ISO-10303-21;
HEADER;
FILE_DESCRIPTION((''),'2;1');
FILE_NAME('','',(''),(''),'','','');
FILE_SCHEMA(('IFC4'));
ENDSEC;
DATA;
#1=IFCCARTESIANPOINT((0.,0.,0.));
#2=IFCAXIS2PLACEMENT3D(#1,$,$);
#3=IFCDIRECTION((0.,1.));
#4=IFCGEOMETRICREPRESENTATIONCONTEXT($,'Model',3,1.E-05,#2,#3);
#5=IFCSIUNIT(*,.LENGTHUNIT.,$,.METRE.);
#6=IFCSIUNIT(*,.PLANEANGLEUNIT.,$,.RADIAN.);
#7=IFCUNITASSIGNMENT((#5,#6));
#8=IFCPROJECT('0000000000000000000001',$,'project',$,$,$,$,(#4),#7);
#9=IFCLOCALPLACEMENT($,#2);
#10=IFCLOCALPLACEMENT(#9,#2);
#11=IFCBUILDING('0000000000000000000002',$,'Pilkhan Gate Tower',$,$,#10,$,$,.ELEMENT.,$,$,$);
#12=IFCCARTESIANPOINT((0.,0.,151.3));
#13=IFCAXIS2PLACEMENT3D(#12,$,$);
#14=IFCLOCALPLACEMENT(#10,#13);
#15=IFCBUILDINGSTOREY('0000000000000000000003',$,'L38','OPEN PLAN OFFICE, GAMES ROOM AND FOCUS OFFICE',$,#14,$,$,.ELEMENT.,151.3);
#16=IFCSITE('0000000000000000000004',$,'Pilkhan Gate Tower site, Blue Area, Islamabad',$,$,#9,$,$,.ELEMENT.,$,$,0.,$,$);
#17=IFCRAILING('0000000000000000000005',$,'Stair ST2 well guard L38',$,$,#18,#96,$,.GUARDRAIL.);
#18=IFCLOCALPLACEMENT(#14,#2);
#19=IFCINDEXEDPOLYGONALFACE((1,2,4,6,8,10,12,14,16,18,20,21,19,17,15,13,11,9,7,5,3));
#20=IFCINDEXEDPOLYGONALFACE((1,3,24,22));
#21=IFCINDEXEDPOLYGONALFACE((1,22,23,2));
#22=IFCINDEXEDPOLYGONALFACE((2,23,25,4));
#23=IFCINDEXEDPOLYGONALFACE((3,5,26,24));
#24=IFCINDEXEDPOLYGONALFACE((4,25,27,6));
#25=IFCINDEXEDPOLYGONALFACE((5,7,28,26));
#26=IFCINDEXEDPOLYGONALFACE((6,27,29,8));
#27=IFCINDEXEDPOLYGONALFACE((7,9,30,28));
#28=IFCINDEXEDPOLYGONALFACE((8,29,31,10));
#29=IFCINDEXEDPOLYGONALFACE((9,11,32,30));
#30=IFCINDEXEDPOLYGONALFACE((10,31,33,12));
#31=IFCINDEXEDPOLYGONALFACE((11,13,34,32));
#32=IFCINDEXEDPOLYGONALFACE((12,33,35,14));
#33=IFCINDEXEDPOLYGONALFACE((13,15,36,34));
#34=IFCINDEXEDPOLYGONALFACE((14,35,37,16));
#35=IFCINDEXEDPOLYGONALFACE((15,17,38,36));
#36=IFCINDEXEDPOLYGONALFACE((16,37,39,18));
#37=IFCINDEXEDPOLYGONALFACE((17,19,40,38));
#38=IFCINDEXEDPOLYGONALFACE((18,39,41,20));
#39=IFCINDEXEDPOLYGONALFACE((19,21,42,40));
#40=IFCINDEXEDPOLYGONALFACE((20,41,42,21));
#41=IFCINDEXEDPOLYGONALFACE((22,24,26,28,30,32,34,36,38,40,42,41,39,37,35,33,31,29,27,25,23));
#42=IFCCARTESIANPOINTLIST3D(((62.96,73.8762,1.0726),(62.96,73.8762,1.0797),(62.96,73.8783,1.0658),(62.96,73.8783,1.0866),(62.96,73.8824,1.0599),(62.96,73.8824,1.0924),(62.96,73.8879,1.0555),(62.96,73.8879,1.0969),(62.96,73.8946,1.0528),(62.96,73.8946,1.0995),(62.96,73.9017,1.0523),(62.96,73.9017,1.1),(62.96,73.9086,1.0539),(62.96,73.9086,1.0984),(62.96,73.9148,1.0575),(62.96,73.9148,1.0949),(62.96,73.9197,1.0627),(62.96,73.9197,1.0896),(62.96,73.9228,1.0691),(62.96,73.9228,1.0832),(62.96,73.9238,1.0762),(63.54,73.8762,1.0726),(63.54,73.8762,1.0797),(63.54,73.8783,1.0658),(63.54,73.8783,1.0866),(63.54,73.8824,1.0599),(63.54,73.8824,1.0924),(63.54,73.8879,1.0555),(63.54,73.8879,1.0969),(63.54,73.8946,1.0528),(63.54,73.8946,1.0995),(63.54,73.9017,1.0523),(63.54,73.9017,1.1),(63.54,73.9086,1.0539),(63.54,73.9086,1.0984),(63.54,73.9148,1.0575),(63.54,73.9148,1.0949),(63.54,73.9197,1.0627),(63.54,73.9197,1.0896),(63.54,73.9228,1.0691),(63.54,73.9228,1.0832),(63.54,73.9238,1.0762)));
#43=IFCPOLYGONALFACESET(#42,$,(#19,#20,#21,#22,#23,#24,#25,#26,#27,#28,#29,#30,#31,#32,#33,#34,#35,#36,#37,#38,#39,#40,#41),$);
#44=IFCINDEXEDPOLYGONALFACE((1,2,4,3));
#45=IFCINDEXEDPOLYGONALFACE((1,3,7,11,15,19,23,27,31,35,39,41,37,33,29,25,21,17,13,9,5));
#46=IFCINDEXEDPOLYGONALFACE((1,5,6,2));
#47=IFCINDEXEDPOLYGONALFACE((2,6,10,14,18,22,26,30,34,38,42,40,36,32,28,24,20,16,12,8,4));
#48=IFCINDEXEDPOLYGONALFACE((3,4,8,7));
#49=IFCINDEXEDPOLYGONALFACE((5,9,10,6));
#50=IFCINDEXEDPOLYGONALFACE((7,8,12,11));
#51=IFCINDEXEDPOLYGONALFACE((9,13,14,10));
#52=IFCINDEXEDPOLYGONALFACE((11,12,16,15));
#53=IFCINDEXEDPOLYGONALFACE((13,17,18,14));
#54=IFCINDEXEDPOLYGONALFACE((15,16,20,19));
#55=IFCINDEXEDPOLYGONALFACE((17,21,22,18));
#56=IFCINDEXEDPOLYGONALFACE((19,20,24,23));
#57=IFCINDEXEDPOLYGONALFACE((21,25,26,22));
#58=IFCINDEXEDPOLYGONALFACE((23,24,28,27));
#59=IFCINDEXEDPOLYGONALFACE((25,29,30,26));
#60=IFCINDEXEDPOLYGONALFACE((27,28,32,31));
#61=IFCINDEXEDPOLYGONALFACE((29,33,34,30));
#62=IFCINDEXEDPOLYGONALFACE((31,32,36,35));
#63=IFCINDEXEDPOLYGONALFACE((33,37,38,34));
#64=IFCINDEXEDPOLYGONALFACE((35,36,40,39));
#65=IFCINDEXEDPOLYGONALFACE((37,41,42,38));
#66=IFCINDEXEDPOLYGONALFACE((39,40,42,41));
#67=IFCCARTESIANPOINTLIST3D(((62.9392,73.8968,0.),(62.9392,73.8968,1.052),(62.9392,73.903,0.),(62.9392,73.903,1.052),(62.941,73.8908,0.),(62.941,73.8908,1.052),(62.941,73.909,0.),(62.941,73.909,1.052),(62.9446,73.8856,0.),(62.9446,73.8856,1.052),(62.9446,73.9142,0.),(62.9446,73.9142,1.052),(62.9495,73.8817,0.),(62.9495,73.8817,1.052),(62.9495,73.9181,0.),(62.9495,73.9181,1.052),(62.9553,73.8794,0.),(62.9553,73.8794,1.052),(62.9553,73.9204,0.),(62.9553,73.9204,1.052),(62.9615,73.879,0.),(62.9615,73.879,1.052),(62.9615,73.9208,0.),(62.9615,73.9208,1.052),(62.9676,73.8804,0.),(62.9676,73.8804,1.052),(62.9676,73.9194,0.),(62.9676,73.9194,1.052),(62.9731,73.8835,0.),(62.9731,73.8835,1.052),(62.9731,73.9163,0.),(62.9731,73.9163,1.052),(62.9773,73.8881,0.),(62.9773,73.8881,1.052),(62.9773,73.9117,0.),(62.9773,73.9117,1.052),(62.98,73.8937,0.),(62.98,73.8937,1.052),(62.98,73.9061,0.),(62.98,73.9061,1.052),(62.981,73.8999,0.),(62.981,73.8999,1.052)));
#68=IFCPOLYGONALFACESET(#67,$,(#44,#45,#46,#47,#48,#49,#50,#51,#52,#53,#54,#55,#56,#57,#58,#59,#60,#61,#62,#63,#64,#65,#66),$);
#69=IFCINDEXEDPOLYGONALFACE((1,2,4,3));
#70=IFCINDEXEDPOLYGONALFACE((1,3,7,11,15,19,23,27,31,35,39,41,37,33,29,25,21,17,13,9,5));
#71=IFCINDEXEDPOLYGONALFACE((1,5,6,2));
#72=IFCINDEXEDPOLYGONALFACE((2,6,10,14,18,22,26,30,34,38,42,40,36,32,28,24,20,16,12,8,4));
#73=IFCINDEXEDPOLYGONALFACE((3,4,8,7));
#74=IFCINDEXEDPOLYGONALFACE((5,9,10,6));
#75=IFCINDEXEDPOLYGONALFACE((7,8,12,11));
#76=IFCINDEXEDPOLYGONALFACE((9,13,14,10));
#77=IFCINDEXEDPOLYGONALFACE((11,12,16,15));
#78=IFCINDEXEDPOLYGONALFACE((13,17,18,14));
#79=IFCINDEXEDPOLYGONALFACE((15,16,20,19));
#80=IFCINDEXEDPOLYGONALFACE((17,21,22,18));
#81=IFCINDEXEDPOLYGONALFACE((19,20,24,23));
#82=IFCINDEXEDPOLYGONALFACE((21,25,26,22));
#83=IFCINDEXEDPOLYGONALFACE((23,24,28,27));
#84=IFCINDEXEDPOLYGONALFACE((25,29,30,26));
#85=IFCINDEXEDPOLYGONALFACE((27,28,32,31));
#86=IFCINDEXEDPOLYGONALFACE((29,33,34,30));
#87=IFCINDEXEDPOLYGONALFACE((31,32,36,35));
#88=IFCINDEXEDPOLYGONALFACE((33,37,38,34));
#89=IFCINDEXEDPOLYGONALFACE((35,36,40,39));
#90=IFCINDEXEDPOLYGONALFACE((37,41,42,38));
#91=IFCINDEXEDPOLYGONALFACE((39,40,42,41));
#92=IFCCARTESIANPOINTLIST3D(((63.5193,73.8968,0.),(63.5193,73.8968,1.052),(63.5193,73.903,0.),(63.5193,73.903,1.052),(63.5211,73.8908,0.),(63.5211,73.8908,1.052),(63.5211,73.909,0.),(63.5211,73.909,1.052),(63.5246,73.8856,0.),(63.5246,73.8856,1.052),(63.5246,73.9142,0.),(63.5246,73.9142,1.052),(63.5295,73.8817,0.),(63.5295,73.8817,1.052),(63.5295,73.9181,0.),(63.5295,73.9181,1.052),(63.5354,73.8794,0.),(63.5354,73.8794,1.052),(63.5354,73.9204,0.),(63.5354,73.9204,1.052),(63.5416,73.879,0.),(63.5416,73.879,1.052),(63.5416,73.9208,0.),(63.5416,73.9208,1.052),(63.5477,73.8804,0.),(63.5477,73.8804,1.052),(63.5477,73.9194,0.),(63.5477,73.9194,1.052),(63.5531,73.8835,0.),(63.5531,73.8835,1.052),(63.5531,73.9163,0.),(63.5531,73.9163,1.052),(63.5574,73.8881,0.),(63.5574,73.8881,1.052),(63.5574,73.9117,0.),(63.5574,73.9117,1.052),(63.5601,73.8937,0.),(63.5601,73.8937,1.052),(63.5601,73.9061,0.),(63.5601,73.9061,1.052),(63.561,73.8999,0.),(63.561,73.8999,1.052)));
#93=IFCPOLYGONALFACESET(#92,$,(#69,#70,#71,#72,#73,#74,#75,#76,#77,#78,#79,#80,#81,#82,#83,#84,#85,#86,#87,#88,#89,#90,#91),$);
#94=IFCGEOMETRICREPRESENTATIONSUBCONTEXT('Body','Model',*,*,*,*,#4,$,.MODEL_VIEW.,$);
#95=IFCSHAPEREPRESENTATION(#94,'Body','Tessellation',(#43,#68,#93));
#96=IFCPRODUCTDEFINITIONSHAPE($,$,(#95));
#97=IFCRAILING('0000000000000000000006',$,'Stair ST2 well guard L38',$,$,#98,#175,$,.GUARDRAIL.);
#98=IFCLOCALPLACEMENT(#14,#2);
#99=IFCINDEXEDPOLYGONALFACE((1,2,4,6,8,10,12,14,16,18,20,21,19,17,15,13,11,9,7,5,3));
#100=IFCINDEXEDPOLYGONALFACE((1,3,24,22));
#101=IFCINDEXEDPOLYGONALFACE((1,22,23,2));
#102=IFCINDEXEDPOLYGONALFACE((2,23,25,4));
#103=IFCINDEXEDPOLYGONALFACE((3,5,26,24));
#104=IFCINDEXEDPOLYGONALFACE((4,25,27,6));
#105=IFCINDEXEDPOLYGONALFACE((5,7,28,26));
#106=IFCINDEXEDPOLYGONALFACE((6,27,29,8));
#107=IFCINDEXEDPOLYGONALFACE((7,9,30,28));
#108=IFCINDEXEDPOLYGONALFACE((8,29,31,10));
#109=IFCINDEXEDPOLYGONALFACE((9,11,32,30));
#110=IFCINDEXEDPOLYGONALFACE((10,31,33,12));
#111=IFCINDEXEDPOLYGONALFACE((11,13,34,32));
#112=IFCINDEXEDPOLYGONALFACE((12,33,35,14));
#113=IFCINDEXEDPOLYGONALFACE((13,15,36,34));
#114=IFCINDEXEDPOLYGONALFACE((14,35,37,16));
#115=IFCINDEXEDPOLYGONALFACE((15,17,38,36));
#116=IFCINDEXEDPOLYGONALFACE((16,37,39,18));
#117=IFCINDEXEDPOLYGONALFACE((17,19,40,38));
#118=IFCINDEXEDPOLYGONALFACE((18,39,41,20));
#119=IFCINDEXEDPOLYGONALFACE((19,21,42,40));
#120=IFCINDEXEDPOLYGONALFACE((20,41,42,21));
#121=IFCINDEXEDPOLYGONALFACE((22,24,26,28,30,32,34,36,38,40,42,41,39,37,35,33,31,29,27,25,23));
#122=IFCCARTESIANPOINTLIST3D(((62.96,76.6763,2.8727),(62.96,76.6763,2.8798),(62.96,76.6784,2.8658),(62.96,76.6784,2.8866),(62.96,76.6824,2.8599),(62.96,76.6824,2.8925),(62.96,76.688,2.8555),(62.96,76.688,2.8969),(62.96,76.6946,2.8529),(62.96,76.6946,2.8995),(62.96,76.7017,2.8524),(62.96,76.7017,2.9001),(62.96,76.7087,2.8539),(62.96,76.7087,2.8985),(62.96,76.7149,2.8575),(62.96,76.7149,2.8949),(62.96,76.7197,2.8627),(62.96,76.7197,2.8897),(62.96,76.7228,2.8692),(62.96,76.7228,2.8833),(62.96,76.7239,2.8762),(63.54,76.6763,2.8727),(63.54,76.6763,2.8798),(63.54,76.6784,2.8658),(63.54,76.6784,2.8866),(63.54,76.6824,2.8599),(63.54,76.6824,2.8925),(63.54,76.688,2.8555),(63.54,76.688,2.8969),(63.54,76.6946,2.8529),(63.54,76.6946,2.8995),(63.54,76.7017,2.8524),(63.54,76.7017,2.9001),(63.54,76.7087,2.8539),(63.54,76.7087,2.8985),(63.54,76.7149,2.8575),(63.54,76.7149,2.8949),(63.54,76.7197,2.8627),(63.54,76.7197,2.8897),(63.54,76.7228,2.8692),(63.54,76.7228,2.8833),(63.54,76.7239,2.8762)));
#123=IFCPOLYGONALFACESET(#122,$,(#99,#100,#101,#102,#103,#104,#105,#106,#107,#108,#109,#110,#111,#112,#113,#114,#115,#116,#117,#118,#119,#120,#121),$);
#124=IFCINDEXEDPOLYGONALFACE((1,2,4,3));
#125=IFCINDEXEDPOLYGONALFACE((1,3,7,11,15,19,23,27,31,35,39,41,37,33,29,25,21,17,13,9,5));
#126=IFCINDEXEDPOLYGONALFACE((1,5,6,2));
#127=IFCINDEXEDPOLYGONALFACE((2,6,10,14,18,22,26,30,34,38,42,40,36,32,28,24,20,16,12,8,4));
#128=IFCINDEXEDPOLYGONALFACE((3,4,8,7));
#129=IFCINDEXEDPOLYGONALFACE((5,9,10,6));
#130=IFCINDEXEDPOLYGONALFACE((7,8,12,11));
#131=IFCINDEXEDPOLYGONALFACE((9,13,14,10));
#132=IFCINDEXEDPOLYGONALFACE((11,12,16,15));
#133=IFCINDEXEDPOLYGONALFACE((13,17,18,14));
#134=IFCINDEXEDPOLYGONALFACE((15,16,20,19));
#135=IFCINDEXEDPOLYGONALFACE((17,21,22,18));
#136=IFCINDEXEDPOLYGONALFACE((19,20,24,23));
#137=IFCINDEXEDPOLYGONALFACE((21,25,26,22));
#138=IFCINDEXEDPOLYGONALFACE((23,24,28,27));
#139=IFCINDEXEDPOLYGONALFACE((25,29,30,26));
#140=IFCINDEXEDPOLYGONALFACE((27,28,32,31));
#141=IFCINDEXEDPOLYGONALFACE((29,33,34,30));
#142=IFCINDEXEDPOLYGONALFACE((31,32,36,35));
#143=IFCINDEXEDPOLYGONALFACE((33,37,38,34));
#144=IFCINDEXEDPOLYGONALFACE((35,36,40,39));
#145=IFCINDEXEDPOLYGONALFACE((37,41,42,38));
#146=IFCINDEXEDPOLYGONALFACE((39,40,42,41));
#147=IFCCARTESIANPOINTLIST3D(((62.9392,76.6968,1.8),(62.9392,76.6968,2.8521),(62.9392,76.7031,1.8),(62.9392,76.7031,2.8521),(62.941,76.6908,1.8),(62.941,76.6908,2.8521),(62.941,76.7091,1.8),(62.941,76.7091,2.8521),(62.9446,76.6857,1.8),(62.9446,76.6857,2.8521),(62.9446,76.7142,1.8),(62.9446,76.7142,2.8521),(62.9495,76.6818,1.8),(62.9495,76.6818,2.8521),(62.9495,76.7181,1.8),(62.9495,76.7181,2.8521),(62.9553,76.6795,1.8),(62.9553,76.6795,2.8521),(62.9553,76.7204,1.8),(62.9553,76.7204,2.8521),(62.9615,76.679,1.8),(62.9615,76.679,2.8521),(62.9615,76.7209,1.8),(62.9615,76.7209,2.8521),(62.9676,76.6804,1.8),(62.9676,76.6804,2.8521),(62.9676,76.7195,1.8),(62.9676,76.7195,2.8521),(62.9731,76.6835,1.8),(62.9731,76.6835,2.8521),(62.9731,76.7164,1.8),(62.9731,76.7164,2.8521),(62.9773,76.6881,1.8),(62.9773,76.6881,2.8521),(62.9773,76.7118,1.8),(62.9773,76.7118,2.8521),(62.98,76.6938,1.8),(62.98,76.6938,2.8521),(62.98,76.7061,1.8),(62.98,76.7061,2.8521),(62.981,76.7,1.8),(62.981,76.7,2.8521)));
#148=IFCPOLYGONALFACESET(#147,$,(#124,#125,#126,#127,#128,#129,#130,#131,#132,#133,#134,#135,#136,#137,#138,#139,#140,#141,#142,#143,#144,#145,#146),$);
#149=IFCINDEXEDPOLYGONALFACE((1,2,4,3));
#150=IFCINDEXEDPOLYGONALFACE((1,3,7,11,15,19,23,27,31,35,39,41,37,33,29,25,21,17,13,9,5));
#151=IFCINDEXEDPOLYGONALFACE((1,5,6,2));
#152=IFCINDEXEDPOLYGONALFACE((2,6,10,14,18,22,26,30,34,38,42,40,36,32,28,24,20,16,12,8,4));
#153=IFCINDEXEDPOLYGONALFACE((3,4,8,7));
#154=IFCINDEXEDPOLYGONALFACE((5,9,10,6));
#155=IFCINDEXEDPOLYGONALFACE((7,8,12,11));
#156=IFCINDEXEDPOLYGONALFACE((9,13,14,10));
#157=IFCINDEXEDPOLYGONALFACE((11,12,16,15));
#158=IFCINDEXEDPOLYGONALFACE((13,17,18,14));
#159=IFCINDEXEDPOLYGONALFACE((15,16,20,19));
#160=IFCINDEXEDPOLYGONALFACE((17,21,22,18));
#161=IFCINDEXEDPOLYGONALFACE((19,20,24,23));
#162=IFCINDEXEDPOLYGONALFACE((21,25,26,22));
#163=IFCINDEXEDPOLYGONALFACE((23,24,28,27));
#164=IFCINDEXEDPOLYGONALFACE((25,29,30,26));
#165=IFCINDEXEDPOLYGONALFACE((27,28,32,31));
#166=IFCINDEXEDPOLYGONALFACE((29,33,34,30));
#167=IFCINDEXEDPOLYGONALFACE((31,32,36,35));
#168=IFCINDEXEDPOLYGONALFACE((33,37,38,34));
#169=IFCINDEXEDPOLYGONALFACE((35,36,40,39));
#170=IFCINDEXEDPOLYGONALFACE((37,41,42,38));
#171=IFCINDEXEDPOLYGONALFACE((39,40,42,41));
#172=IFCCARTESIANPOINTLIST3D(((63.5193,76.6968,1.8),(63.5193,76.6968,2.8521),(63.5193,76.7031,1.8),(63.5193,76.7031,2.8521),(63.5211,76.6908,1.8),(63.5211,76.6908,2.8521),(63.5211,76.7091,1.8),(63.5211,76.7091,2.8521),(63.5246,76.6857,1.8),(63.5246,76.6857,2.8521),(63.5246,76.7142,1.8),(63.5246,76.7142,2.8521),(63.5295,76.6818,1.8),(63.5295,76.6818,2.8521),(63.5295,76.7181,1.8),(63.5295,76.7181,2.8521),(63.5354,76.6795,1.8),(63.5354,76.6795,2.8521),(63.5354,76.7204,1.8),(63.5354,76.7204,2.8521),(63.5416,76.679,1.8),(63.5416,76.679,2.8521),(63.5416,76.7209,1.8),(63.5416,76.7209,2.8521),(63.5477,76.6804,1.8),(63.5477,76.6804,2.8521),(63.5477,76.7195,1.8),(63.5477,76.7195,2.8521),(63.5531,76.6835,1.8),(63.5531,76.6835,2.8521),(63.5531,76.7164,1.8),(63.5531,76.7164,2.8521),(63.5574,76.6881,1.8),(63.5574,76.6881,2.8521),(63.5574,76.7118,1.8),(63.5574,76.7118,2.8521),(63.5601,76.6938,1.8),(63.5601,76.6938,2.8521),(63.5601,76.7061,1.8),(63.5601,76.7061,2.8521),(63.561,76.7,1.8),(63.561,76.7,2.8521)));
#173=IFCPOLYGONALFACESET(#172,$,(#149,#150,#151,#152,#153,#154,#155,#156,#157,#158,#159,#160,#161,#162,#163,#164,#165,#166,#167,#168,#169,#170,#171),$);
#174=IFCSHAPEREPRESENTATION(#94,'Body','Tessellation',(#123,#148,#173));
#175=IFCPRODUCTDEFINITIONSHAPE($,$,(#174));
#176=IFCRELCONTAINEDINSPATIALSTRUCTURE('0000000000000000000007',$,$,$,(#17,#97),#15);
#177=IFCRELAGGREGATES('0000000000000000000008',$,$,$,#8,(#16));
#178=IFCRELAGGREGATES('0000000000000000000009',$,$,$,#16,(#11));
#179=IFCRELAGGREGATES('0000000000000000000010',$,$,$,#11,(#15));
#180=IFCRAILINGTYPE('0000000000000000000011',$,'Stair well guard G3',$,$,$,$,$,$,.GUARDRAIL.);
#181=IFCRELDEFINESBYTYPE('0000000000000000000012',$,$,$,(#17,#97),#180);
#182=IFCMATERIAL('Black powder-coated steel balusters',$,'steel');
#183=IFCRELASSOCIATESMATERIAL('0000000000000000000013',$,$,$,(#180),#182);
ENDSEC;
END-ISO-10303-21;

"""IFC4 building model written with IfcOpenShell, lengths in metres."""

from ifc_helpers import new_model, si_unit, direction, frame, origin, origin_2d, place, context, subcontext, project, spatial, circle, extrude, material, type_object, element, save


model = new_model("IFC4")

# Units and contexts
model_context = context("Model", 3, precision=1e-05, world=origin(), true_north=direction((0.0, 1.0)))
body_context = subcontext(model_context, "Body", "Model", "MODEL_VIEW")
ifc_project = project(units=[si_unit("LENGTHUNIT", "METRE"), si_unit("PLANEANGLEUNIT", "RADIAN")], contexts=[model_context])

# Site, building, storey
site_placement = place(None, origin())
site = spatial("IfcSite", under=ifc_project, at=site_placement, Name="Pilkhan Gate Tower site, Blue Area, Islamabad", CompositionType="ELEMENT", RefElevation=0.0)
building_placement = place(site_placement, origin())
building = spatial("IfcBuilding", under=site, at=building_placement, Name="Pilkhan Gate Tower", CompositionType="ELEMENT")
storey_placement = place(building_placement, frame((0.0, 0.0, 151.3)))
storey = spatial("IfcBuildingStorey", under=building, at=storey_placement, Name="L38", Description="OPEN PLAN OFFICE, GAMES ROOM AND FOCUS OFFICE", CompositionType="ELEMENT", Elevation=151.3)

# Railings
ifc_material_1 = material(Name="Black powder-coated steel balusters", Category="steel")
railing_type_1 = type_object("IfcRailingType", Name="Stair well guard G3", PredefinedType="GUARDRAIL", material=ifc_material_1)
for number, where, name in (
    (1, (62.96, 73.8999, 0.0), "Stair ST2 well guard L38"),
    (2, (62.96, 76.7, 1.8), "Stair ST2 well guard L38"),
):
    element("IfcRailing", number, at=place(storey_placement, frame(where)), inside=storey, type_object=railing_type_1, Name=name, PredefinedType="GUARDRAIL", context=body_context, shape_type="SweptSolid", body=[
        extrude(circle(Radius=0.0239, at=origin_2d()), frame((0.0, 0.0, 1.0762), z_axis=(1.0, 0.0, 0.0), x_axis=(0.0, 1.0, 0.0)), (0.0, 0.0, 1.0), 0.5801),
        extrude(circle(Radius=0.021, at=origin_2d()), origin(), (0.0, 0.0, 1.0), 1.052),
        extrude(circle(Radius=0.021, at=origin_2d()), frame((0.5801, 0.0, 0.0)), (0.0, 0.0, 1.0), 1.052),
    ])

save(model, "model.ifc")
